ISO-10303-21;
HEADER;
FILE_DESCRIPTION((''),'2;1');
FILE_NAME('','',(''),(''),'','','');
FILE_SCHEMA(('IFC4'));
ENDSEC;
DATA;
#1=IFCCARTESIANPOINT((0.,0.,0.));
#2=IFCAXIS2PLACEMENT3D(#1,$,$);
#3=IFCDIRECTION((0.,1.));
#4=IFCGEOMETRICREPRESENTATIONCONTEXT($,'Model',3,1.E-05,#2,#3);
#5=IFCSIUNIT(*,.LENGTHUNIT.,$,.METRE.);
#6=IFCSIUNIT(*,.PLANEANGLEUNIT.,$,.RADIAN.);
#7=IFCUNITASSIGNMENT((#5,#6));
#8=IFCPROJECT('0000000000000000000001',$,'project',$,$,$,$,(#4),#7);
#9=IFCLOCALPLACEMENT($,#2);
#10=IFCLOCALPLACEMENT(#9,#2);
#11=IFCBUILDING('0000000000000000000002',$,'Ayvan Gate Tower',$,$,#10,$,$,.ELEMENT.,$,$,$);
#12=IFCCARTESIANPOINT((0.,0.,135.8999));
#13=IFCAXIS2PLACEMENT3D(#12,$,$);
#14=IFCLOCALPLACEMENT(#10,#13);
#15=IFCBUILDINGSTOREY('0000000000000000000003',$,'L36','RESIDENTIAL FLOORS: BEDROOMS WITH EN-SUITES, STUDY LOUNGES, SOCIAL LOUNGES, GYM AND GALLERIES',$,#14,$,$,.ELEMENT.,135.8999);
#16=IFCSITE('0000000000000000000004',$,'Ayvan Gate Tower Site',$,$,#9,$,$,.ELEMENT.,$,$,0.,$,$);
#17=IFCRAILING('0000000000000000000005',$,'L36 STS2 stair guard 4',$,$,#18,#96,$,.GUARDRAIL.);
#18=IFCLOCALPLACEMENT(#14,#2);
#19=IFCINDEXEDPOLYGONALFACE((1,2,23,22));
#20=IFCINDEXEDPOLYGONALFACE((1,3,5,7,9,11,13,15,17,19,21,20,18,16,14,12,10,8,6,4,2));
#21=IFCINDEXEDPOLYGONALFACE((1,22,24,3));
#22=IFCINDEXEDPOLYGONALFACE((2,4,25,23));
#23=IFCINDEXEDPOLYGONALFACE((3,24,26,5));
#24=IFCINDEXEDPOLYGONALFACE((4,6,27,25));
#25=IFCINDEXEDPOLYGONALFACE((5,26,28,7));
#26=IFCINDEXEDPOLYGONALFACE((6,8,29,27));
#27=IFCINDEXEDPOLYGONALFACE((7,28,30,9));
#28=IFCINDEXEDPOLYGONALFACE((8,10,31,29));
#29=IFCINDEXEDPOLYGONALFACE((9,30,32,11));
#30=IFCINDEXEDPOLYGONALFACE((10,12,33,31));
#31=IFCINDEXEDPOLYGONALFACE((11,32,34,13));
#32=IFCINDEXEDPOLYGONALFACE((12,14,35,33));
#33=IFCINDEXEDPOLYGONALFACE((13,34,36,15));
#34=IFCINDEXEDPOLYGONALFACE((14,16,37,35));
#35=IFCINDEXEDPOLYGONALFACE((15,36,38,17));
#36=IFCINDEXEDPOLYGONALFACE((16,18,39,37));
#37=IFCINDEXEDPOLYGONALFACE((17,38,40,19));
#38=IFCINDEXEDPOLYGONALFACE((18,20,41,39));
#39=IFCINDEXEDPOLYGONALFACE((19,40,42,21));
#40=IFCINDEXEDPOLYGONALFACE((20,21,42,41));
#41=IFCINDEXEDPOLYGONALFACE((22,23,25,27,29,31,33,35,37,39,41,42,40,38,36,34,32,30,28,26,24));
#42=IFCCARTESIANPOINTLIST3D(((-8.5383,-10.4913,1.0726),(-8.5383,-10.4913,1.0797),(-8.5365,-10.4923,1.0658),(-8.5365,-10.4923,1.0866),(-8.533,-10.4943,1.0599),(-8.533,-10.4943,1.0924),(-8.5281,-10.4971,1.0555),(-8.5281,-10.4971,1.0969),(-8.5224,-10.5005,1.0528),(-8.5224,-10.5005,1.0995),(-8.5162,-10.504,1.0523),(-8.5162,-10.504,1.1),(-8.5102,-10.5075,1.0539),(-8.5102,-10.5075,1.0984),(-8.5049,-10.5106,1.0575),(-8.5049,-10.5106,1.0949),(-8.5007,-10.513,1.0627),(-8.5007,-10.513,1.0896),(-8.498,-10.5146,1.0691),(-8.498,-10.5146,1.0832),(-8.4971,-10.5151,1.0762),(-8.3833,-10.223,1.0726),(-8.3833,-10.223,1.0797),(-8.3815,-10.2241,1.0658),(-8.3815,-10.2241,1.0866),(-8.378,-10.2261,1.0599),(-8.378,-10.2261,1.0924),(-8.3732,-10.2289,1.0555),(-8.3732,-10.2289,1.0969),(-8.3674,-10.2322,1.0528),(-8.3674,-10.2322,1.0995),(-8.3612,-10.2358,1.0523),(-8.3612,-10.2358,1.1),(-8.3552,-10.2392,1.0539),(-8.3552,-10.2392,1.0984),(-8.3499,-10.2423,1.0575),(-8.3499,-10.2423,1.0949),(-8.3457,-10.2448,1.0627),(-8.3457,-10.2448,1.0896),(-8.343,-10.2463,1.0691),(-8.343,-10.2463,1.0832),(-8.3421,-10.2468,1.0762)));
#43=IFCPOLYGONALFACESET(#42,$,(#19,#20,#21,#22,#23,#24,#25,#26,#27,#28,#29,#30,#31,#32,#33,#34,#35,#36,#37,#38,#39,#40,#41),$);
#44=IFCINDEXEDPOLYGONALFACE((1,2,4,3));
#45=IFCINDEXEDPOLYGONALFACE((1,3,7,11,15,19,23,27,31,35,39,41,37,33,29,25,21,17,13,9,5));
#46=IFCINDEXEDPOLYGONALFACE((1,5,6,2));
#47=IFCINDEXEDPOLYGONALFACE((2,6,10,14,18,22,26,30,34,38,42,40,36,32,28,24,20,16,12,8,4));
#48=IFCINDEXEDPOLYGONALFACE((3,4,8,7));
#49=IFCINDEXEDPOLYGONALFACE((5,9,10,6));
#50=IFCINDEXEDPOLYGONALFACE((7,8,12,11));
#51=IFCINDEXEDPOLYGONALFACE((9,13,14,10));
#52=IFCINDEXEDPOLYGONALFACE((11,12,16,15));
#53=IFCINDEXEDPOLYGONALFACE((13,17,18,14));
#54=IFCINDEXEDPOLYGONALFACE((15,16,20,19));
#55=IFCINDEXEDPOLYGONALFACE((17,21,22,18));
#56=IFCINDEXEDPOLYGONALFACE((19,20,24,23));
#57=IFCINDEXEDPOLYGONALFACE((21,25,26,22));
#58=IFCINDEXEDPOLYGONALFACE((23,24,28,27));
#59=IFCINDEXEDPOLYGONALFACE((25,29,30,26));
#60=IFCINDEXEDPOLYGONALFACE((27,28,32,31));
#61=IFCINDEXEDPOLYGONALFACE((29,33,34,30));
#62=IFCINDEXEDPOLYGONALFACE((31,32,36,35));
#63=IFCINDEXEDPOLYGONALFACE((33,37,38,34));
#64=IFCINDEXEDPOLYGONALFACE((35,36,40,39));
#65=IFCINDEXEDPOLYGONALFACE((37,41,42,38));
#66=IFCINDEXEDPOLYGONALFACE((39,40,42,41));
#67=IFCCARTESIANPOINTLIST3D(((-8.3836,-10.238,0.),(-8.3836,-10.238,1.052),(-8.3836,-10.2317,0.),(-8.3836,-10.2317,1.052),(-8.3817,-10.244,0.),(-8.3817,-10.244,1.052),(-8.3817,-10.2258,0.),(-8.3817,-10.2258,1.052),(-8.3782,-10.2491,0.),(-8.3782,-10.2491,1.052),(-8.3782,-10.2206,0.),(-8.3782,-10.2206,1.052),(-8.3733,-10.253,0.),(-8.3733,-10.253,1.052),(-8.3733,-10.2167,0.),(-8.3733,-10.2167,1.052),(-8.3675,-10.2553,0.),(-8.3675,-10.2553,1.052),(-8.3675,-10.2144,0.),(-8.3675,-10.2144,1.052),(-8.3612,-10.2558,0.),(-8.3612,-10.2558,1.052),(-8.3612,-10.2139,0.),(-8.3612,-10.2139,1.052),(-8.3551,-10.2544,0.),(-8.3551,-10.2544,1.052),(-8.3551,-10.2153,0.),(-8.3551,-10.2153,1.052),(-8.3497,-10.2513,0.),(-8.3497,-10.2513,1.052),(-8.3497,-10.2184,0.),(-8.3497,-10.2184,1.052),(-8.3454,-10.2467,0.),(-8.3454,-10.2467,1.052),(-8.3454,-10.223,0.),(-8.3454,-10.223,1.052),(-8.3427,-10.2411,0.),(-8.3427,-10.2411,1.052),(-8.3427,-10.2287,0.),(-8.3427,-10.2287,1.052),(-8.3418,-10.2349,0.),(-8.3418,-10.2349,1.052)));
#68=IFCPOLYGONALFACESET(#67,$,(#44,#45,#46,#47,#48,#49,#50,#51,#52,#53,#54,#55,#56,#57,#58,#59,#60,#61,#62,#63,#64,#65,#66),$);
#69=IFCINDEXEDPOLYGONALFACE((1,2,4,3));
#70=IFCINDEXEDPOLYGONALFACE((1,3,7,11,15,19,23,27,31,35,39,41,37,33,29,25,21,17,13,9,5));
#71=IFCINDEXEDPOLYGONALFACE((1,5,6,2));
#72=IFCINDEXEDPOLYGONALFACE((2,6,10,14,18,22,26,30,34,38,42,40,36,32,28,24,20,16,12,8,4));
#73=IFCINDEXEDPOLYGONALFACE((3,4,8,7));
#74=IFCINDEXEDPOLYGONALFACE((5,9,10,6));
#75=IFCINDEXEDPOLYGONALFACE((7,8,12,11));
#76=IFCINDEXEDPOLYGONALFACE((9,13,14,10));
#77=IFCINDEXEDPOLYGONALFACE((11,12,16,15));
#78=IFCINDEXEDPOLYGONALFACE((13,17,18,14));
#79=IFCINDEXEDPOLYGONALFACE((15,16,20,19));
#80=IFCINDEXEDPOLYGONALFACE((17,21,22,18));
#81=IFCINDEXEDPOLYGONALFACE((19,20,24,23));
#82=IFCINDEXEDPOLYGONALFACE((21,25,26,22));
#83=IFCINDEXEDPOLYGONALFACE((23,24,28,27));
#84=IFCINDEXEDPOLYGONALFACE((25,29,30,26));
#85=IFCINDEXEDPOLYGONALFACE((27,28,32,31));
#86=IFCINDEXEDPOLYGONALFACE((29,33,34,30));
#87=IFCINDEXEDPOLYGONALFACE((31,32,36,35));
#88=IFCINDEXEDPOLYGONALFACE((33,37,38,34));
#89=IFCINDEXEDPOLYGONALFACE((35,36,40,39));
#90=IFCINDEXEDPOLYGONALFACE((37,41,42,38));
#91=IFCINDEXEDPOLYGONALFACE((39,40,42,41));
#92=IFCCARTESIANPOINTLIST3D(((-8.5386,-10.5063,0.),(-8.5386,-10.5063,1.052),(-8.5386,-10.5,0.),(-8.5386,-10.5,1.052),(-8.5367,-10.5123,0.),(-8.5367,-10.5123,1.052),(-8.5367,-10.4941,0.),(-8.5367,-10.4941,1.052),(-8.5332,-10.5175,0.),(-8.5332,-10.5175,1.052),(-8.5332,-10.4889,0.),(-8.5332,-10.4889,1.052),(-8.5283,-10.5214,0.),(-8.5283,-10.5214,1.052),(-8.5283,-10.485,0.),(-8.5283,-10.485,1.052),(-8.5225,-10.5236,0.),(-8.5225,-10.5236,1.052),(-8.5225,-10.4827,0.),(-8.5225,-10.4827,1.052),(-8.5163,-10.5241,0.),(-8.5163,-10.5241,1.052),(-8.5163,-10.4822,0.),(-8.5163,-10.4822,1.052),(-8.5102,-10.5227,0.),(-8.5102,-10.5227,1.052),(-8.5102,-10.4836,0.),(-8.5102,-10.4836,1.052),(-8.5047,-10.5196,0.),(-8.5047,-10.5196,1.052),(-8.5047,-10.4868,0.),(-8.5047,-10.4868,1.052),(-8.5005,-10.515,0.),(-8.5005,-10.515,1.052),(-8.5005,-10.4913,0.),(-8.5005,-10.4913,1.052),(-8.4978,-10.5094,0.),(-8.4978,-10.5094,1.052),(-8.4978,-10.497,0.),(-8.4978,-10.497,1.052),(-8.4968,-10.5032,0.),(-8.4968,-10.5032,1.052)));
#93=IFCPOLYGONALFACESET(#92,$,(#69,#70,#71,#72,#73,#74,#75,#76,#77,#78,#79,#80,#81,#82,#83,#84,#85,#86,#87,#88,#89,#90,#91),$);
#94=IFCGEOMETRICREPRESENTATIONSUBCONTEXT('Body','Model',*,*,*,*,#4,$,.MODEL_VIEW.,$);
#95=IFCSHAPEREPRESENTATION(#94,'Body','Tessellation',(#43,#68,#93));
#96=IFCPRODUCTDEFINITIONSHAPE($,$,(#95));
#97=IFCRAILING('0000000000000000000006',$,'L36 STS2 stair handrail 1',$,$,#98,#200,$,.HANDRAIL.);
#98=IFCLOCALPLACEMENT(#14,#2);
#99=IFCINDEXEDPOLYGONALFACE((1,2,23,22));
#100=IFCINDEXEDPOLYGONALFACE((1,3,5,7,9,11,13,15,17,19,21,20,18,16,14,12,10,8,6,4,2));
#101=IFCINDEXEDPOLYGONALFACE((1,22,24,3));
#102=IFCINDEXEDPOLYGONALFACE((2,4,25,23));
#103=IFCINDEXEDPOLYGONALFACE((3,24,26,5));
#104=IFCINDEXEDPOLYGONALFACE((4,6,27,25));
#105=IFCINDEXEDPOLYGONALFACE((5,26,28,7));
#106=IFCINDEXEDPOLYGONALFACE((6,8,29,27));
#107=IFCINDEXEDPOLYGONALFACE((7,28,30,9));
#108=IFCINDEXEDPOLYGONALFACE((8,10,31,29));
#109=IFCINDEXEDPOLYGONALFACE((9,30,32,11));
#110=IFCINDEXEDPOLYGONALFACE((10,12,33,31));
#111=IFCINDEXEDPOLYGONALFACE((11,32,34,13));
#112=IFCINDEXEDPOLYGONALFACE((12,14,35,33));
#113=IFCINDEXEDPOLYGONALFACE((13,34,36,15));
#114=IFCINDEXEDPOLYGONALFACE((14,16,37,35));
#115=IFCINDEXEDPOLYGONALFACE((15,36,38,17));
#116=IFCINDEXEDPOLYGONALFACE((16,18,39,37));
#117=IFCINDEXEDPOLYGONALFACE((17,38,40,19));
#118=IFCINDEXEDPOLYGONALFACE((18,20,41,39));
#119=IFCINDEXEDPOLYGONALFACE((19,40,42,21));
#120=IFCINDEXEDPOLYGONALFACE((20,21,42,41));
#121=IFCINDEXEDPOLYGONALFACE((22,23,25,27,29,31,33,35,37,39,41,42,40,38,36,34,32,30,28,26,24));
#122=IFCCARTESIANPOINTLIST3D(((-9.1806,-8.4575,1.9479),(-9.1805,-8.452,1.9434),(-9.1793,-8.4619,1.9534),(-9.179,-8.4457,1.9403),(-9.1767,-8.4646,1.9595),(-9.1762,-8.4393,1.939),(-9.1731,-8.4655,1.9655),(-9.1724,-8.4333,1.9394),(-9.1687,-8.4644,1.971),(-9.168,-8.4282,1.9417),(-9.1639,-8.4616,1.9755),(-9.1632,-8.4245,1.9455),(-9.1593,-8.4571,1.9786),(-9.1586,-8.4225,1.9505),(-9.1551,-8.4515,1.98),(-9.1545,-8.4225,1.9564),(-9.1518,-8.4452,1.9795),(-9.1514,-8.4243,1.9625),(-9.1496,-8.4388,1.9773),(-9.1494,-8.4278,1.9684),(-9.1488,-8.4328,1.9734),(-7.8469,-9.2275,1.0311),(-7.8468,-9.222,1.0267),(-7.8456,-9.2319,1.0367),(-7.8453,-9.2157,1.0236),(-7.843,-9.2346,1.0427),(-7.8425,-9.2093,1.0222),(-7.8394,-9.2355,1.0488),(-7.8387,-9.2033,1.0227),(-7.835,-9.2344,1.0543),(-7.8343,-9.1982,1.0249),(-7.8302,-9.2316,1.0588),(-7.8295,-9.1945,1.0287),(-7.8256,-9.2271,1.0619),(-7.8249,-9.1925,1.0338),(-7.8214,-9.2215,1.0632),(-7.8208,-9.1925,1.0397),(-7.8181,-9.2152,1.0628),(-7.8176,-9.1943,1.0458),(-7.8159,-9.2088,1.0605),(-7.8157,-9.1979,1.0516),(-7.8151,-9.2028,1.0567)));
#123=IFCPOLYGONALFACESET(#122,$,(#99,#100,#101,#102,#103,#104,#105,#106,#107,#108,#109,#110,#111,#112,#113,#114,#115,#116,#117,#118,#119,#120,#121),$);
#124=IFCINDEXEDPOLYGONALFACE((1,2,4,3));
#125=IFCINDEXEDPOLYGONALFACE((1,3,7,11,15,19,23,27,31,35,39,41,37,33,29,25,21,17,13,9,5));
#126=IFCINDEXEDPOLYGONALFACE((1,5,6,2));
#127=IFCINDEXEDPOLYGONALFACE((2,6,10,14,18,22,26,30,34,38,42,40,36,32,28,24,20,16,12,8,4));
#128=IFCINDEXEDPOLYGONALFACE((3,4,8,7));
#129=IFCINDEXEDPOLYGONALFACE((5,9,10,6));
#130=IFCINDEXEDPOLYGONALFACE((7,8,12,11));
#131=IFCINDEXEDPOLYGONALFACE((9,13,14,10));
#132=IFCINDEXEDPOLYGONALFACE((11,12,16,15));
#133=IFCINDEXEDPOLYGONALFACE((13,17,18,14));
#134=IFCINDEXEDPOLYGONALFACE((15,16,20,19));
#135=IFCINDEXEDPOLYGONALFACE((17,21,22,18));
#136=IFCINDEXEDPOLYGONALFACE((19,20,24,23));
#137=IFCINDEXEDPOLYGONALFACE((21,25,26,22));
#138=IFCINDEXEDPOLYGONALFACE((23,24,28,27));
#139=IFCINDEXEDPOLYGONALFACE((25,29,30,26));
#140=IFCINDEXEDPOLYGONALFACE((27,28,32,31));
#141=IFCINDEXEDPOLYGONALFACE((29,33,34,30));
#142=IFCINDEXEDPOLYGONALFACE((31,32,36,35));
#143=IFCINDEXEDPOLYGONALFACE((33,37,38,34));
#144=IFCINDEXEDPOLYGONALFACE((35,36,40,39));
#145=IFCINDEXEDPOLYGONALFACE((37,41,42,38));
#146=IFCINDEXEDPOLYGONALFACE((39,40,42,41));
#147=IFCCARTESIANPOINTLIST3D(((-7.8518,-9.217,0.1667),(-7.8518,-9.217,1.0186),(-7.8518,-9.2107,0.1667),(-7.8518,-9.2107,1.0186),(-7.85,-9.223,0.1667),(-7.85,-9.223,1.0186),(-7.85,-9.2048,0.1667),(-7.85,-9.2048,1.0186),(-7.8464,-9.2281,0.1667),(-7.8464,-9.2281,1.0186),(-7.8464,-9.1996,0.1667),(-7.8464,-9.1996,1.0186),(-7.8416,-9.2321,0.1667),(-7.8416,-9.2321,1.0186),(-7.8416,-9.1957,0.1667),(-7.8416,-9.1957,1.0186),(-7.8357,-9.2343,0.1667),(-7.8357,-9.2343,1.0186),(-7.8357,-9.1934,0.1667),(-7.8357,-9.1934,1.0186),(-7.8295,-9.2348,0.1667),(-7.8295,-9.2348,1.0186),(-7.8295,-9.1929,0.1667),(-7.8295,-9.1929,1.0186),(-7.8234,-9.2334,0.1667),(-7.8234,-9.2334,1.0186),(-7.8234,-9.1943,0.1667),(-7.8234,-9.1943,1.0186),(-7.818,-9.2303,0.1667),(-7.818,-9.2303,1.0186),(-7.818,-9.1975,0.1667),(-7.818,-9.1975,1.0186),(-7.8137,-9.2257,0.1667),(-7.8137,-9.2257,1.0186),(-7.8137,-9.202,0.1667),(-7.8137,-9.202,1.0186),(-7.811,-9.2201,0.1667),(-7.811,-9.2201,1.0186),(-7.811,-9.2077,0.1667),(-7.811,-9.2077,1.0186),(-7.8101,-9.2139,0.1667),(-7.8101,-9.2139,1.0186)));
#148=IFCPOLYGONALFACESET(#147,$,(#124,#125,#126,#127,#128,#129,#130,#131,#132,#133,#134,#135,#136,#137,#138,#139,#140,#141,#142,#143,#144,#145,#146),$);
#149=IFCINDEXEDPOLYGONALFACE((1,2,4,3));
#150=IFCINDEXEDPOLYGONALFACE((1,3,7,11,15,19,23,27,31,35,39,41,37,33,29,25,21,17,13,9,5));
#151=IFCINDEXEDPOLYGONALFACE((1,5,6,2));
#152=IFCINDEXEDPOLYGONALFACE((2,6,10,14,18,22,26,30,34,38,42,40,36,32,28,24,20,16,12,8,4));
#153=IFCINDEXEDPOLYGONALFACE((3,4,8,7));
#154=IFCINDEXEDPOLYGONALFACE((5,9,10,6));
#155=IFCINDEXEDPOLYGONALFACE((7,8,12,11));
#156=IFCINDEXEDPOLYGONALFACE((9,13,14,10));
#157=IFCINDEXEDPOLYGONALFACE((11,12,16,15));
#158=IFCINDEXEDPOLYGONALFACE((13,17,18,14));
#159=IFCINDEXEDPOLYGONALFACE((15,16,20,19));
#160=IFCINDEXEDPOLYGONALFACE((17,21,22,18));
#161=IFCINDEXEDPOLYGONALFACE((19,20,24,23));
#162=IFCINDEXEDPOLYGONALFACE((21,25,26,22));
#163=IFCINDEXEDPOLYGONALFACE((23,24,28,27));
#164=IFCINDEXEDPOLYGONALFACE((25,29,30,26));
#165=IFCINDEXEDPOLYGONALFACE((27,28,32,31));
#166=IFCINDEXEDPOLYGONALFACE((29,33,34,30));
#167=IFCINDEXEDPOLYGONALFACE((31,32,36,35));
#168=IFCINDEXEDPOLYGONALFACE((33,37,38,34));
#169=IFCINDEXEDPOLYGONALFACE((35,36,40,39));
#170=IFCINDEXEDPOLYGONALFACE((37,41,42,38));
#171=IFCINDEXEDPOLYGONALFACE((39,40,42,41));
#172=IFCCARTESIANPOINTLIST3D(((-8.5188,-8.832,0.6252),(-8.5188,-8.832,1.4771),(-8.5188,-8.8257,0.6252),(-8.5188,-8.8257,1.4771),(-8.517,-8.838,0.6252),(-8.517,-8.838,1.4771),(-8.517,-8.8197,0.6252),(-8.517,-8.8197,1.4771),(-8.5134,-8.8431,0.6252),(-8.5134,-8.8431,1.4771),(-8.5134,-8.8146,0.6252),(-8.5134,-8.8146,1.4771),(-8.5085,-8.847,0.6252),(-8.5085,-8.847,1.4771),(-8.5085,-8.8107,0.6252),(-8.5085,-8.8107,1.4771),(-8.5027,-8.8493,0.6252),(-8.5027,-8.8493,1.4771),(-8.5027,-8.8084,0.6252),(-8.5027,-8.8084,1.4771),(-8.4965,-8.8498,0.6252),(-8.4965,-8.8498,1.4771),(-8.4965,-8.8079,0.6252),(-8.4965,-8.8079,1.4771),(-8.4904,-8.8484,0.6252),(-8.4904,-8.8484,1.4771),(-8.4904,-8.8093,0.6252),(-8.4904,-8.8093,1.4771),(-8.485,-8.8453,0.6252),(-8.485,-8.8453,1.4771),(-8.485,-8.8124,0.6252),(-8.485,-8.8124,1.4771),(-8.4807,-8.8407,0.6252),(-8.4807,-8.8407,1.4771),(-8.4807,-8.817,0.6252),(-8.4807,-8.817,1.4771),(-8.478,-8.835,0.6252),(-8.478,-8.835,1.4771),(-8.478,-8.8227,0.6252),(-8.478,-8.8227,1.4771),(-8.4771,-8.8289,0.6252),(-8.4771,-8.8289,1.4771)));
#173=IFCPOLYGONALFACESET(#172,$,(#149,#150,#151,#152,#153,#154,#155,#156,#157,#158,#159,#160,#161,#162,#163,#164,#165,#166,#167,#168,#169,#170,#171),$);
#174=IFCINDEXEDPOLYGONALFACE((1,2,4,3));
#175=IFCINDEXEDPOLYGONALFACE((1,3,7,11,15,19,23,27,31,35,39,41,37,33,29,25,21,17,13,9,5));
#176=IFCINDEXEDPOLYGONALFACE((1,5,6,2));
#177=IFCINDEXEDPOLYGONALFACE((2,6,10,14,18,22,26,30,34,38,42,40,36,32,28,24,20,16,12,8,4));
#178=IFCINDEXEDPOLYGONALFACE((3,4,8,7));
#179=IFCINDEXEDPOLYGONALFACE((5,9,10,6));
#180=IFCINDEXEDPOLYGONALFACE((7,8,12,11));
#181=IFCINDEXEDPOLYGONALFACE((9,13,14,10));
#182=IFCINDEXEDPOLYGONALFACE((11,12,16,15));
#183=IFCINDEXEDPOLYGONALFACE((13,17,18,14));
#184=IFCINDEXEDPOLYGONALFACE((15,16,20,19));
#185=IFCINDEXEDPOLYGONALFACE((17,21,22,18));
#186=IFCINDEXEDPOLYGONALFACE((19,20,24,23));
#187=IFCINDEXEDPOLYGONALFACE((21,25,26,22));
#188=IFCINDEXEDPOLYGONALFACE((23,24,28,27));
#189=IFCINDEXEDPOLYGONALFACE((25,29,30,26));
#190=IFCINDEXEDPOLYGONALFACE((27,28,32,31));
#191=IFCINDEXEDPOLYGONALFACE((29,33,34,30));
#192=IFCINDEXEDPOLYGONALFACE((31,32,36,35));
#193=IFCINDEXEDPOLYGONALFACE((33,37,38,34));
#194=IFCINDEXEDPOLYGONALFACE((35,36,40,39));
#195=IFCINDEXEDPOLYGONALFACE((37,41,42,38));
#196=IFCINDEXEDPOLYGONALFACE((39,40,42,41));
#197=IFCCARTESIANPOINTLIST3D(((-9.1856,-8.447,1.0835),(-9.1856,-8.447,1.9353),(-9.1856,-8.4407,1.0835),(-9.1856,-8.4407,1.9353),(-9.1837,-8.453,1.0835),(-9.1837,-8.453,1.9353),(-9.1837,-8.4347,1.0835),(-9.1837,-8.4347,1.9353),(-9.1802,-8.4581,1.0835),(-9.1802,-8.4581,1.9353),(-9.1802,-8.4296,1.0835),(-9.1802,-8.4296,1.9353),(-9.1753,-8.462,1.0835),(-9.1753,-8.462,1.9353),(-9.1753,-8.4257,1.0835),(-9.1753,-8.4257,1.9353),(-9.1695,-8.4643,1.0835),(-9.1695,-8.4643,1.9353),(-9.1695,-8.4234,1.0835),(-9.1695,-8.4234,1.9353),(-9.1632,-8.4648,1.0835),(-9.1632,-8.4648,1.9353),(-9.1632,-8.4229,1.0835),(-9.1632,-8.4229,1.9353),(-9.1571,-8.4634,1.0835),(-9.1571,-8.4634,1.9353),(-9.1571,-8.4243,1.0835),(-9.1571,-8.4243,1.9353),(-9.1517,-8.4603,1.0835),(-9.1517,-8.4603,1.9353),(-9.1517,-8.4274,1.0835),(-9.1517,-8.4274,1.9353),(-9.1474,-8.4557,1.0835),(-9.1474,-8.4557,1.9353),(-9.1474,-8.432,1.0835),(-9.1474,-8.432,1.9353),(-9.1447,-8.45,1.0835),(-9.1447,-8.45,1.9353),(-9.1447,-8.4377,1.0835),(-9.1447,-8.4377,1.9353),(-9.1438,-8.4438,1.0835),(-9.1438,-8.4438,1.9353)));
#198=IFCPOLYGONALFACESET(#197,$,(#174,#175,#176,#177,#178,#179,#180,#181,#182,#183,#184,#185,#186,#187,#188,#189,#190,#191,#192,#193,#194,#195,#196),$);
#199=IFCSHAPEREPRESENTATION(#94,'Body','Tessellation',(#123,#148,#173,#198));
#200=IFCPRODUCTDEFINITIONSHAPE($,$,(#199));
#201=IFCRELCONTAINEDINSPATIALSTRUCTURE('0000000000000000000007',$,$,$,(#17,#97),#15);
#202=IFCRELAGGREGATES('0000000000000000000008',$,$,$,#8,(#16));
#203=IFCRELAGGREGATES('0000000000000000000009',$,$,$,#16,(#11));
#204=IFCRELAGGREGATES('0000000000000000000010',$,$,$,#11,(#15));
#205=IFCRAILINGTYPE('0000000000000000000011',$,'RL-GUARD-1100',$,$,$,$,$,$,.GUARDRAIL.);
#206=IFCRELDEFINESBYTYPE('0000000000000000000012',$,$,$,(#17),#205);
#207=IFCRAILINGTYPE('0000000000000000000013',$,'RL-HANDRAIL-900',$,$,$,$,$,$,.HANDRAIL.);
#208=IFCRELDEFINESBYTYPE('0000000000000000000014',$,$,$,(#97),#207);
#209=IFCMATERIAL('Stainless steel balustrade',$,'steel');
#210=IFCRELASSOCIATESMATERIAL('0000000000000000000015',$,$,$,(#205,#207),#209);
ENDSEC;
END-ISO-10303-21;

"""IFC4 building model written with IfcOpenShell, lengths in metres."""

from ifc_helpers import new_model, si_unit, direction, frame, origin, origin_2d, place, context, subcontext, project, spatial, circle, extrude, material, type_object, element, save


model = new_model("IFC4")

# Units and contexts
model_context = context("Model", 3, precision=1e-05, world=origin(), true_north=direction((0.0, 1.0)))
body_context = subcontext(model_context, "Body", "Model", "MODEL_VIEW")
ifc_project = project(units=[si_unit("LENGTHUNIT", "METRE"), si_unit("PLANEANGLEUNIT", "RADIAN")], contexts=[model_context])

# Site, building, storey
site_placement = place(None, origin())
site = spatial("IfcSite", under=ifc_project, at=site_placement, Name="Ayvan Gate Tower Site", CompositionType="ELEMENT", RefElevation=0.0)
building_placement = place(site_placement, origin())
building = spatial("IfcBuilding", under=site, at=building_placement, Name="Ayvan Gate Tower", CompositionType="ELEMENT")
storey_placement = place(building_placement, frame((0.0, 0.0, 135.8999)))
storey = spatial("IfcBuildingStorey", under=building, at=storey_placement, Name="L36", Description="RESIDENTIAL FLOORS: BEDROOMS WITH EN-SUITES, STUDY LOUNGES, SOCIAL LOUNGES, GYM AND GALLERIES", CompositionType="ELEMENT", Elevation=135.8999)

# Railings
ifc_material_1 = material(Name="Stainless steel balustrade", Category="steel")
railing_type_1 = type_object("IfcRailingType", Name="RL-GUARD-1100", PredefinedType="GUARDRAIL", material=ifc_material_1)
railing_1_placement = place(storey_placement, frame((-8.3628, -10.2349, 0.0)))
element("IfcRailing", 1, at=railing_1_placement, inside=storey, type_object=railing_type_1, Name="L36 STS2 stair guard 4", PredefinedType="GUARDRAIL", context=body_context, shape_type="SweptSolid", body=[
    extrude(circle(Radius=0.0239, at=origin_2d()), frame((0.0, 0.0, 1.0762), z_axis=(-0.500291, -0.865857, 0.0), x_axis=(0.865857, -0.500291, 0.0)), (0.0, 0.0, 1.0), 0.3098),
    extrude(circle(Radius=0.021, at=origin_2d()), origin(), (0.0, 0.0, 1.0), 1.052),
    extrude(circle(Radius=0.021, at=origin_2d()), frame((-0.155, -0.2683, 0.0)), (0.0, 0.0, 1.0), 1.052),
])
railing_type_2 = type_object("IfcRailingType", Name="RL-HANDRAIL-900", PredefinedType="HANDRAIL", material=ifc_material_1)
railing_2_placement = place(storey_placement, frame((-7.8311, -9.2139, 0.1667)))
element("IfcRailing", 2, at=railing_2_placement, inside=storey, type_object=railing_type_2, Name="L36 STS2 stair handrail 1", PredefinedType="HANDRAIL", context=body_context, shape_type="SweptSolid", body=[
    extrude(circle(Radius=0.0239, at=origin_2d()), frame((0.0, 0.0, 0.876), z_axis=(-0.744164, 0.429634, 0.511502), x_axis=(-0.499992, -0.86603, 0.0)), (0.0, 0.0, 1.0), 1.7922),
    extrude(circle(Radius=0.021, at=origin_2d()), origin(), (0.0, 0.0, 1.0), 0.8518),
    extrude(circle(Radius=0.021, at=origin_2d()), frame((-0.667, 0.385, 0.4585)), (0.0, 0.0, 1.0), 0.8518),
    extrude(circle(Radius=0.021, at=origin_2d()), frame((-1.3337, 0.77, 0.9167)), (0.0, 0.0, 1.0), 0.8518),
])

save(model, "model.ifc")
